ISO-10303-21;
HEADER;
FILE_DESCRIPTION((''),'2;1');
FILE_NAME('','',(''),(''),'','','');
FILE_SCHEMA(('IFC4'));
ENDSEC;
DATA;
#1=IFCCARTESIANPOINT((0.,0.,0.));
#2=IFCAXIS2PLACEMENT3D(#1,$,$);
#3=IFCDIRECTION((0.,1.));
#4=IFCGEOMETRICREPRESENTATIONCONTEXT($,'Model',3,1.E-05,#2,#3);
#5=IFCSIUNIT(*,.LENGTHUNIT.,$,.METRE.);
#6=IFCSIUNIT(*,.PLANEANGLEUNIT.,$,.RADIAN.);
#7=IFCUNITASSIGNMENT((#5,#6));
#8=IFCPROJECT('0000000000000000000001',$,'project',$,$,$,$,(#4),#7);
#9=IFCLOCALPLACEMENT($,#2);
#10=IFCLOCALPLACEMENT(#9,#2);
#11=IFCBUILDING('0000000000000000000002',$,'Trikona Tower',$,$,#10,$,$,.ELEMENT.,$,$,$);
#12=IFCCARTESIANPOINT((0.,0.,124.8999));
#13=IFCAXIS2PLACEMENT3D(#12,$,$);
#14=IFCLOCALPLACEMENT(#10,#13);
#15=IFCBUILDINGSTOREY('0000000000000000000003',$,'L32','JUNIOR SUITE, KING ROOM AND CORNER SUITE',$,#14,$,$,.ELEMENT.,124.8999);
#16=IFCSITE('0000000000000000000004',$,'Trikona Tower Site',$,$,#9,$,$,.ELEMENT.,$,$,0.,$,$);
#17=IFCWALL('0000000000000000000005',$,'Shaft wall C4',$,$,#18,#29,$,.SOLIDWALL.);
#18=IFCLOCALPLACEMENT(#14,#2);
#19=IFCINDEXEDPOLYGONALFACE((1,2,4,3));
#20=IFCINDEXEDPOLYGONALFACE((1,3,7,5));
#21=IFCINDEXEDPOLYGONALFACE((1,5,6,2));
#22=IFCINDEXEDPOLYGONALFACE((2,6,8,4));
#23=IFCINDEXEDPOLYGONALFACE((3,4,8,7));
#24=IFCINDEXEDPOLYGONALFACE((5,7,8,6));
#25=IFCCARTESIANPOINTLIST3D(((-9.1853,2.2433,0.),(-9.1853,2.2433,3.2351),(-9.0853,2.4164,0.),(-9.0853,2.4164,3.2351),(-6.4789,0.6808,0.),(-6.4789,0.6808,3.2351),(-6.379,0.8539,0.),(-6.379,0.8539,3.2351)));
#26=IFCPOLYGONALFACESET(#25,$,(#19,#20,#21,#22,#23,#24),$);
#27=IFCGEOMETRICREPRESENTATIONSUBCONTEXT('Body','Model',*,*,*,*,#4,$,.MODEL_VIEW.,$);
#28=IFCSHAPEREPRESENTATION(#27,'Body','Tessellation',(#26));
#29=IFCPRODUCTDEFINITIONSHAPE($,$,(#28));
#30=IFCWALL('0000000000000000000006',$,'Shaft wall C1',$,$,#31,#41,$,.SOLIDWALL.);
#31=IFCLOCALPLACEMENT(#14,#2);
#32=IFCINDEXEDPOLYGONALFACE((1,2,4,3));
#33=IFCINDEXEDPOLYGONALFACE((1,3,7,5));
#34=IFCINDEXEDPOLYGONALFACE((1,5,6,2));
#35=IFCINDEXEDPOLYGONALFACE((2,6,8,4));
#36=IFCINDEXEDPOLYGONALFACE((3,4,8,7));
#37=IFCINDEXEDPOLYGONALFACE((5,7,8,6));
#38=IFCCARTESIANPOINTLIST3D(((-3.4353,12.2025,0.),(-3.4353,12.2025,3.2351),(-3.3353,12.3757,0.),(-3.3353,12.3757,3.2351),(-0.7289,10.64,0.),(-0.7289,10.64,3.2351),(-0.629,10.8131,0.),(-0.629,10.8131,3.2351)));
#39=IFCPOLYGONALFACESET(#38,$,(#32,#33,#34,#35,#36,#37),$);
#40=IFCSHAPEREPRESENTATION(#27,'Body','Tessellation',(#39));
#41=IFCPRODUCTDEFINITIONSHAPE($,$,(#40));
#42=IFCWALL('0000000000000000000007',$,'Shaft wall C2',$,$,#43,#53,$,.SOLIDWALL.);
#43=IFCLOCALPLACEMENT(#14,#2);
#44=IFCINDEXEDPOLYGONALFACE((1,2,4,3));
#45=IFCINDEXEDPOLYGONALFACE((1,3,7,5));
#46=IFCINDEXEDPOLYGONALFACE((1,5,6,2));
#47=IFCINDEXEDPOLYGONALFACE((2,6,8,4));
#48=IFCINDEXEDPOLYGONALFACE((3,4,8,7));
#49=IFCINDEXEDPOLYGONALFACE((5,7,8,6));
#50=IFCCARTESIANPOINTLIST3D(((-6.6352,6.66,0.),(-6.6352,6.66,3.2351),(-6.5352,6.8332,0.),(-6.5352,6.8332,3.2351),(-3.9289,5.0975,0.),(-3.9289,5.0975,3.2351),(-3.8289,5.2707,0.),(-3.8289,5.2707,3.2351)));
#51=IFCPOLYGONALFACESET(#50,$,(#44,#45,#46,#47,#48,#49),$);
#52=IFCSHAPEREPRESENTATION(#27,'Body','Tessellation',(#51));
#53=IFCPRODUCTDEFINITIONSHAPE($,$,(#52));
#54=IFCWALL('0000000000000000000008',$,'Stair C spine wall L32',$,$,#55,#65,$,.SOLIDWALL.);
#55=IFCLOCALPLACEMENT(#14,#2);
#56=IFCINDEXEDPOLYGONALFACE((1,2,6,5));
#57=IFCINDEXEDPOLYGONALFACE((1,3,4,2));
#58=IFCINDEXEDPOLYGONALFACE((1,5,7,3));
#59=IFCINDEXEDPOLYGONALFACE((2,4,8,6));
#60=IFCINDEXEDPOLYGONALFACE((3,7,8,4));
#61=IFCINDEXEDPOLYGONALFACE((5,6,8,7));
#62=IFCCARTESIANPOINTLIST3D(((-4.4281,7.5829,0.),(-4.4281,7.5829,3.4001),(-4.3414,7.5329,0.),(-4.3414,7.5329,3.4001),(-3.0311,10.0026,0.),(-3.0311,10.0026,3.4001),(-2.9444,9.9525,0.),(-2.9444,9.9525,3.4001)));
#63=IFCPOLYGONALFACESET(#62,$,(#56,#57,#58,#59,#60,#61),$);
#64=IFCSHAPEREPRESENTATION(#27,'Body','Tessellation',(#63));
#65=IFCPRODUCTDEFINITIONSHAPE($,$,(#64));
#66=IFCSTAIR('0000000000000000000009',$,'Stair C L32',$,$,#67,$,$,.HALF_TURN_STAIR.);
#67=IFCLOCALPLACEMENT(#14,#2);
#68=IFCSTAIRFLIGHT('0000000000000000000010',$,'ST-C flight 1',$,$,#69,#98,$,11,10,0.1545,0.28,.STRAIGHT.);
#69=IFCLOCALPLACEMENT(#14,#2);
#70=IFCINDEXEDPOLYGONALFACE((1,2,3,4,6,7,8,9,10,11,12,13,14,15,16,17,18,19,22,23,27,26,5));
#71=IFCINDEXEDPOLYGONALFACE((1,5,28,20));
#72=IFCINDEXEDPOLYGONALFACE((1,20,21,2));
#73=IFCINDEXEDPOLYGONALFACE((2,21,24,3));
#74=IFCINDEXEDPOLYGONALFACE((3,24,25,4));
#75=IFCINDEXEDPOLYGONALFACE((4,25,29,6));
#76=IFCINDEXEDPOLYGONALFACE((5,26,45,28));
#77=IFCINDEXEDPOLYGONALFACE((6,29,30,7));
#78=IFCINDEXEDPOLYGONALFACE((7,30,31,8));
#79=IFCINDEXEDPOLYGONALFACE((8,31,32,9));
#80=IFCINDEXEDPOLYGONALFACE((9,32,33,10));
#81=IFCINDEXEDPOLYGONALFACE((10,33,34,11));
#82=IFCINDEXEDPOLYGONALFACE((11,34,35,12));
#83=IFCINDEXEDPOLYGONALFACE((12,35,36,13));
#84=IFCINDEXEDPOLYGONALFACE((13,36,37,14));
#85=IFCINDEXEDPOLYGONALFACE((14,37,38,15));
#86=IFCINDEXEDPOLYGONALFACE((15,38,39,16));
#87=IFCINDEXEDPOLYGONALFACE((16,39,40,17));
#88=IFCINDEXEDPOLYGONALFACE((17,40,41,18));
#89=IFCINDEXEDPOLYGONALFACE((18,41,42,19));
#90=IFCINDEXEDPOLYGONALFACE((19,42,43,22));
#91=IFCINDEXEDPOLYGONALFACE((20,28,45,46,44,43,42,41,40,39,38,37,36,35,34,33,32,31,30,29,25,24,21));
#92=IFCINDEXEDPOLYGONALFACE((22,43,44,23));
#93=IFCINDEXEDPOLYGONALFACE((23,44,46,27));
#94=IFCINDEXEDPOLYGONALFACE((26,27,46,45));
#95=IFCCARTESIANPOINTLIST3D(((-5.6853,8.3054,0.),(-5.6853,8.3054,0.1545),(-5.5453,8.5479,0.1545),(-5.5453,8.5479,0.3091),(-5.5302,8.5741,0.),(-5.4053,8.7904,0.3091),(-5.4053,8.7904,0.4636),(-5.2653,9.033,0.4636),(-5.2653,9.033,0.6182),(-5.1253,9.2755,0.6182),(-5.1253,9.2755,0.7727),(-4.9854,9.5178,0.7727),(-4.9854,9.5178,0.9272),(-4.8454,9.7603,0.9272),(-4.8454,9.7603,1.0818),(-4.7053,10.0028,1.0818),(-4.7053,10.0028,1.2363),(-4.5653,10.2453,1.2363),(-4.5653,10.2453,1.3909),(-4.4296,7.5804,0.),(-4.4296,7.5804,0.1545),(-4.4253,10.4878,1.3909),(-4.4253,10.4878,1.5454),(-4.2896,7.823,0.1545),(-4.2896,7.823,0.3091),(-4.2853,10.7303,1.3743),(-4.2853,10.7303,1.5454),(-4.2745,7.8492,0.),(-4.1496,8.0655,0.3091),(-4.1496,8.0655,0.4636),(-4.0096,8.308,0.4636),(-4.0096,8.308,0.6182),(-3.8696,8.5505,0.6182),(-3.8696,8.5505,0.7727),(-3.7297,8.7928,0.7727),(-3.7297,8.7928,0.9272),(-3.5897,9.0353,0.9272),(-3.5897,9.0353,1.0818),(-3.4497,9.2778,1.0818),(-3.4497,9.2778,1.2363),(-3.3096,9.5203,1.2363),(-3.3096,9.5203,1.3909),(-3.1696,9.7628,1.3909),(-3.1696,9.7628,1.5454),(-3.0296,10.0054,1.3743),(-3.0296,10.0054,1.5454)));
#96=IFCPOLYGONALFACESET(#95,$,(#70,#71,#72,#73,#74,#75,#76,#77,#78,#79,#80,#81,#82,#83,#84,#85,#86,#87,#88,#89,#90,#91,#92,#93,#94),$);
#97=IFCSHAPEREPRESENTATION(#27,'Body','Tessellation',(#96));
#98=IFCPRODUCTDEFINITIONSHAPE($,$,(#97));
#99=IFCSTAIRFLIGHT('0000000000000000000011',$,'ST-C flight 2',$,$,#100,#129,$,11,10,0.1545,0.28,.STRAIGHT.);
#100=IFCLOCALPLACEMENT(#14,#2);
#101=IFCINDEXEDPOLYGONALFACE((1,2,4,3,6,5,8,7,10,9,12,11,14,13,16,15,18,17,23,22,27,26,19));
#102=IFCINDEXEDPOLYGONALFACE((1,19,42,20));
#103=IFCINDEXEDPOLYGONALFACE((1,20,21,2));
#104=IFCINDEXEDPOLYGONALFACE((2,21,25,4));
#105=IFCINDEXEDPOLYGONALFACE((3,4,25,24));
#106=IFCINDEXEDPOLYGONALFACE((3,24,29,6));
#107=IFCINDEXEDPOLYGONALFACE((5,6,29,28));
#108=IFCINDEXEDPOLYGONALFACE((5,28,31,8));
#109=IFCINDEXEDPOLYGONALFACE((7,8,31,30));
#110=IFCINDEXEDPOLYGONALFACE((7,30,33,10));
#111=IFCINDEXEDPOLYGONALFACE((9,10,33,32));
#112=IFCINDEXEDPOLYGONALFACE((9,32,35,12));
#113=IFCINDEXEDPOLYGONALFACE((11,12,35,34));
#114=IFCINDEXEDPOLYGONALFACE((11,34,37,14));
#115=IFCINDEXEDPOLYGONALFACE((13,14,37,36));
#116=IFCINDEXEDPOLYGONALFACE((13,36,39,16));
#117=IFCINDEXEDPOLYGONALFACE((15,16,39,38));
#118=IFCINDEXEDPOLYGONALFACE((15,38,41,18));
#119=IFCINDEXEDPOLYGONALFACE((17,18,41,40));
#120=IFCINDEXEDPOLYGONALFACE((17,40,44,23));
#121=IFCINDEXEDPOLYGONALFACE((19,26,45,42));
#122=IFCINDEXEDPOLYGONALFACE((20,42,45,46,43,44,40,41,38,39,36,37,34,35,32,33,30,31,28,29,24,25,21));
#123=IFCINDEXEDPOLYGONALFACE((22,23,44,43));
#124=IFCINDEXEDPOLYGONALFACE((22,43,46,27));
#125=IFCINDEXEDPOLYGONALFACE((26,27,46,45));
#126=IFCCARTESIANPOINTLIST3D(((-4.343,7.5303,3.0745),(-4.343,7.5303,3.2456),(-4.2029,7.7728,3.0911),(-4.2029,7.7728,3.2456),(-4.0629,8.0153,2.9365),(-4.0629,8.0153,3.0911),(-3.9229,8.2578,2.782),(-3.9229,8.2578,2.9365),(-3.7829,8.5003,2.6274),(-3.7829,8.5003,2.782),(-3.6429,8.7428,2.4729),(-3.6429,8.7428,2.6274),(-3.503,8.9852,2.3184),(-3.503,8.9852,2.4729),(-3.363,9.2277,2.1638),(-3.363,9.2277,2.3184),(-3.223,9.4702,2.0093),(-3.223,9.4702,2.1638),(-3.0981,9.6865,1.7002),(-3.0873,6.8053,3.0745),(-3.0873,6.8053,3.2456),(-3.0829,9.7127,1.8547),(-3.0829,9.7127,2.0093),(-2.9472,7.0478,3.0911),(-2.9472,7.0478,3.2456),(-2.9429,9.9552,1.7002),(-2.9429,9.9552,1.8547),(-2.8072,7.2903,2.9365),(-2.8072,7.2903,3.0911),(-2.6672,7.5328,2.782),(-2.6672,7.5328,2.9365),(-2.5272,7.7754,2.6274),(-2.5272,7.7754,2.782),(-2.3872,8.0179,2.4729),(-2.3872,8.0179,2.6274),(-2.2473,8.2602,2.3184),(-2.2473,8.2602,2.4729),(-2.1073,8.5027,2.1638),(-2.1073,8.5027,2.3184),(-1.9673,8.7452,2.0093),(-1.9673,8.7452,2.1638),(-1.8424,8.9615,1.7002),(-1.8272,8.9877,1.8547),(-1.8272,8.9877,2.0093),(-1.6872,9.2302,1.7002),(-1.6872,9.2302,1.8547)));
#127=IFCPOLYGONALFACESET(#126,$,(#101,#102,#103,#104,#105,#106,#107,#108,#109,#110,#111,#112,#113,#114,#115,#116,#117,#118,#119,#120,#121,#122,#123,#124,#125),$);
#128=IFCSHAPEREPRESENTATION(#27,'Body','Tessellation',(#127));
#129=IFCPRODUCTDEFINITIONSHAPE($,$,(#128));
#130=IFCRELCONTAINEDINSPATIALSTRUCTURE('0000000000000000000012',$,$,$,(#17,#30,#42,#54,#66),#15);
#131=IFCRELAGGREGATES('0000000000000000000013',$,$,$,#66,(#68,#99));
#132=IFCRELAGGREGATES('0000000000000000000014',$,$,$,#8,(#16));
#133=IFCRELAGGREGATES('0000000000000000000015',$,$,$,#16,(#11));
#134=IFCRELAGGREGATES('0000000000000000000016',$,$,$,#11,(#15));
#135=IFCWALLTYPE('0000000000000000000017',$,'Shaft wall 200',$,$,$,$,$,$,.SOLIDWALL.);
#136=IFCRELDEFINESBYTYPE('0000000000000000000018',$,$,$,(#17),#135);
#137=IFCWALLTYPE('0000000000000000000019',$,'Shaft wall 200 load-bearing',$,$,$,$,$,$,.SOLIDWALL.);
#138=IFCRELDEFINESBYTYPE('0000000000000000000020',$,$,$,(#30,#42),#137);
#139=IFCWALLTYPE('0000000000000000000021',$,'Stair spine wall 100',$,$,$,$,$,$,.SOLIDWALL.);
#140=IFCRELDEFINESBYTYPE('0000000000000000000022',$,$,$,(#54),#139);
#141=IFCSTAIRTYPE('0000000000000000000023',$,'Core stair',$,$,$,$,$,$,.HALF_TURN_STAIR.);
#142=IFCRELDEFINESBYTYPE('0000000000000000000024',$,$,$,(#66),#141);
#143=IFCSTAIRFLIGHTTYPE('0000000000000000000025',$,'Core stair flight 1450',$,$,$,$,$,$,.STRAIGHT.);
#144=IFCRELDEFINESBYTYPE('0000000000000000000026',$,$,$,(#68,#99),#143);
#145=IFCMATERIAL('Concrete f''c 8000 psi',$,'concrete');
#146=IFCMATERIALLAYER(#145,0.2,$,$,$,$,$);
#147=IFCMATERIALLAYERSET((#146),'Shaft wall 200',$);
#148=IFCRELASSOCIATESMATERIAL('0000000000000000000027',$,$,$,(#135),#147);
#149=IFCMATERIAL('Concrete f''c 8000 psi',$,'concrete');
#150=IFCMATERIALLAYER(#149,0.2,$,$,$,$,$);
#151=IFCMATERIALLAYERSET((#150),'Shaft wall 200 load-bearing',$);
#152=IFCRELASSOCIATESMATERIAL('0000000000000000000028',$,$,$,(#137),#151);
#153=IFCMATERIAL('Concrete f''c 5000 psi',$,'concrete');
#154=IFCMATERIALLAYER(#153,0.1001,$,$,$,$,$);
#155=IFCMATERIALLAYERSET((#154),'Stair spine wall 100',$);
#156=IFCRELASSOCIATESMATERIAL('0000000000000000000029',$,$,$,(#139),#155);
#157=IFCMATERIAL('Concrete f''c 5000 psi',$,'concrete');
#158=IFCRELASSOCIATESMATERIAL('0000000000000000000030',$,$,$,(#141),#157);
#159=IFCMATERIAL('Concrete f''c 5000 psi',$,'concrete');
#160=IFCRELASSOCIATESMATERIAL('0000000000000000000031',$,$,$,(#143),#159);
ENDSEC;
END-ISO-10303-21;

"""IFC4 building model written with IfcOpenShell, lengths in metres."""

from ifc_helpers import new_model, si_unit, direction, frame, frame_2d, origin, place, context, subcontext, project, spatial, polyline, rectangle, outline, extrude, material, layer, layer_set, type_object, element, aggregate, save


model = new_model("IFC4")

# Units and contexts
model_context = context("Model", 3, precision=1e-05, world=origin(), true_north=direction((0.0, 1.0)))
body_context = subcontext(model_context, "Body", "Model", "MODEL_VIEW")
ifc_project = project(units=[si_unit("LENGTHUNIT", "METRE"), si_unit("PLANEANGLEUNIT", "RADIAN")], contexts=[model_context])

# Site, building, storey
site_placement = place(None, origin())
site = spatial("IfcSite", under=ifc_project, at=site_placement, Name="Trikona Tower Site", CompositionType="ELEMENT", RefElevation=0.0)
building_placement = place(site_placement, origin())
building = spatial("IfcBuilding", under=site, at=building_placement, Name="Trikona Tower", CompositionType="ELEMENT")
storey_placement = place(building_placement, frame((0.0, 0.0, 124.8999)))
storey = spatial("IfcBuildingStorey", under=building, at=storey_placement, Name="L32", Description="JUNIOR SUITE, KING ROOM AND CORNER SUITE", CompositionType="ELEMENT", Elevation=124.8999)

# Walls
ifc_material_1 = material(Name="Concrete f'c 8000 psi", Category="concrete")
ifc_layer_1 = layer(ifc_material_1, 0.2)
ifc_layer_set_1 = layer_set([ifc_layer_1], Name="Shaft wall 200")
wall_type_1 = type_object("IfcWallType", Name="Shaft wall 200", PredefinedType="SOLIDWALL", material=ifc_layer_set_1)
for number, where, z_axis, x_axis, name in (
    (1, (-6.429, 0.7673, 0.0), (0.0, 0.0, 1.0), (-0.866023, 0.500004, 0.0), "Shaft wall C4"),
):
    element("IfcWall", number, at=place(storey_placement, frame(where, z_axis=z_axis, x_axis=x_axis)), inside=storey, type_object=wall_type_1, Name=name, PredefinedType="SOLIDWALL", context=body_context, shape_type="SweptSolid", body=[
        extrude(rectangle(XDim=3.125, YDim=0.2, at=frame_2d((1.5625, 0.0))), origin(), (0.0, 0.0, 1.0), 3.2351),
    ])
ifc_material_2 = material(Name="Concrete f'c 8000 psi", Category="concrete")
ifc_layer_2 = layer(ifc_material_2, 0.2)
ifc_layer_set_2 = layer_set([ifc_layer_2], Name="Shaft wall 200 load-bearing")
wall_type_2 = type_object("IfcWallType", Name="Shaft wall 200 load-bearing", PredefinedType="SOLIDWALL", material=ifc_layer_set_2)
for number, where, z_axis, x_axis, name in (
    (2, (-0.679, 10.7266, 0.0), (0.0, 0.0, 1.0), (-0.866023, 0.500004, 0.0), "Shaft wall C1"),
    (3, (-3.8789, 5.1841, 0.0), (0.0, 0.0, 1.0), (-0.866023, 0.500004, 0.0), "Shaft wall C2"),
):
    element("IfcWall", number, at=place(storey_placement, frame(where, z_axis=z_axis, x_axis=x_axis)), inside=storey, type_object=wall_type_2, Name=name, PredefinedType="SOLIDWALL", context=body_context, shape_type="SweptSolid", body=[
        extrude(rectangle(XDim=3.125, YDim=0.2, at=frame_2d((1.5625, 0.0))), origin(), (0.0, 0.0, 1.0), 3.2351),
    ])
ifc_material_3 = material(Name="Concrete f'c 5000 psi", Category="concrete")
ifc_layer_3 = layer(ifc_material_3, 0.1001)
ifc_layer_set_3 = layer_set([ifc_layer_3], Name="Stair spine wall 100")
wall_type_3 = type_object("IfcWallType", Name="Stair spine wall 100", PredefinedType="SOLIDWALL", material=ifc_layer_set_3)
wall_1_placement = place(storey_placement, frame((-2.9878, 9.9775, 0.0), z_axis=(0.0, 0.0, 1.0), x_axis=(-0.499992, -0.86603, 0.0)))
element("IfcWall", 4, at=wall_1_placement, inside=storey, type_object=wall_type_3, Name="Stair C spine wall L32", PredefinedType="SOLIDWALL", context=body_context, shape_type="SweptSolid", body=[
    extrude(rectangle(XDim=2.7939, YDim=0.1001, at=frame_2d((1.397, 0.0))), origin(), (0.0, 0.0, 1.0), 3.4001),
])

# Stair, stair flights
ifc_material_4 = material(Name="Concrete f'c 5000 psi", Category="concrete")
stair_type = type_object("IfcStairType", Name="Core stair", PredefinedType="HALF_TURN_STAIR", material=ifc_material_4)
stair_placement = place(storey_placement, origin())
stair = element("IfcStair", 5, at=stair_placement, inside=storey, type_object=stair_type, Name="Stair C L32", PredefinedType="HALF_TURN_STAIR")
ifc_material_5 = material(Name="Concrete f'c 5000 psi", Category="concrete")
stair_flight_type = type_object("IfcStairFlightType", Name="Core stair flight 1450", PredefinedType="STRAIGHT", material=ifc_material_5)
stair_flight_1_placement = place(storey_placement, frame((-5.0574, 7.9429, 0.0), z_axis=(0.0, 0.0, 1.0), x_axis=(0.5, 0.866025, 0.0)))
stair_flight_1 = element("IfcStairFlight", 6, at=stair_flight_1_placement, type_object=stair_flight_type, Name="ST-C flight 1", NumberOfRisers=11, NumberOfTreads=10, PredefinedType="STRAIGHT", RiserHeight=0.1545, TreadLength=0.28, context=body_context, shape_type="SweptSolid", body=[
    extrude(outline(polyline([(0.0, 0.0), (0.0, 0.1545), (0.28, 0.1545), (0.28, 0.3091), (0.5601, 0.3091), (0.5601, 0.4636), (0.8401, 0.4636), (0.8401, 0.6182), (1.1201, 0.6182), (1.1201, 0.7727), (1.3999, 0.7727), (1.3999, 0.9272), (1.6799, 0.9272), (1.6799, 1.0818), (1.96, 1.0818), (1.96, 1.2363), (2.24, 1.2363), (2.24, 1.3909), (2.52, 1.3909), (2.52, 1.5454), (2.8, 1.5454), (2.8, 1.7), (2.8, 1.3743), (0.3103, 0.0), (0.0, 0.0)])), frame((0.0, 0.7251, 0.0), z_axis=(0.0, -1.0, 0.0), x_axis=(1.0, 0.0, 0.0)), (0.0, 0.0, 1.0), 1.45),
])
stair_flight_2_placement = place(storey_placement, frame((-2.3152, 9.5928, 1.7002), z_axis=(0.0, 0.0, 1.0), x_axis=(-0.5, -0.866025, 0.0)))
stair_flight_2 = element("IfcStairFlight", 7, at=stair_flight_2_placement, type_object=stair_flight_type, Name="ST-C flight 2", NumberOfRisers=11, NumberOfTreads=10, PredefinedType="STRAIGHT", RiserHeight=0.1545, TreadLength=0.28, context=body_context, shape_type="SweptSolid", body=[
    extrude(outline(polyline([(0.0, 0.0), (0.0, 0.1545), (0.28, 0.1545), (0.28, 0.3091), (0.5601, 0.3091), (0.5601, 0.4636), (0.8401, 0.4636), (0.8401, 0.6182), (1.1201, 0.6182), (1.1201, 0.7727), (1.3999, 0.7727), (1.3999, 0.9272), (1.6799, 0.9272), (1.6799, 1.0818), (1.96, 1.0818), (1.96, 1.2363), (2.24, 1.2363), (2.24, 1.3909), (2.52, 1.3909), (2.52, 1.5454), (2.8, 1.5454), (2.8, 1.7), (2.8, 1.3743), (0.3103, 0.0), (0.0, 0.0)])), frame((0.0, 0.7251, 0.0), z_axis=(0.0, -1.0, 0.0), x_axis=(1.0, 0.0, 0.0)), (0.0, 0.0, 1.0), 1.45),
])
aggregate(stair, [stair_flight_1, stair_flight_2])

save(model, "model.ifc")
